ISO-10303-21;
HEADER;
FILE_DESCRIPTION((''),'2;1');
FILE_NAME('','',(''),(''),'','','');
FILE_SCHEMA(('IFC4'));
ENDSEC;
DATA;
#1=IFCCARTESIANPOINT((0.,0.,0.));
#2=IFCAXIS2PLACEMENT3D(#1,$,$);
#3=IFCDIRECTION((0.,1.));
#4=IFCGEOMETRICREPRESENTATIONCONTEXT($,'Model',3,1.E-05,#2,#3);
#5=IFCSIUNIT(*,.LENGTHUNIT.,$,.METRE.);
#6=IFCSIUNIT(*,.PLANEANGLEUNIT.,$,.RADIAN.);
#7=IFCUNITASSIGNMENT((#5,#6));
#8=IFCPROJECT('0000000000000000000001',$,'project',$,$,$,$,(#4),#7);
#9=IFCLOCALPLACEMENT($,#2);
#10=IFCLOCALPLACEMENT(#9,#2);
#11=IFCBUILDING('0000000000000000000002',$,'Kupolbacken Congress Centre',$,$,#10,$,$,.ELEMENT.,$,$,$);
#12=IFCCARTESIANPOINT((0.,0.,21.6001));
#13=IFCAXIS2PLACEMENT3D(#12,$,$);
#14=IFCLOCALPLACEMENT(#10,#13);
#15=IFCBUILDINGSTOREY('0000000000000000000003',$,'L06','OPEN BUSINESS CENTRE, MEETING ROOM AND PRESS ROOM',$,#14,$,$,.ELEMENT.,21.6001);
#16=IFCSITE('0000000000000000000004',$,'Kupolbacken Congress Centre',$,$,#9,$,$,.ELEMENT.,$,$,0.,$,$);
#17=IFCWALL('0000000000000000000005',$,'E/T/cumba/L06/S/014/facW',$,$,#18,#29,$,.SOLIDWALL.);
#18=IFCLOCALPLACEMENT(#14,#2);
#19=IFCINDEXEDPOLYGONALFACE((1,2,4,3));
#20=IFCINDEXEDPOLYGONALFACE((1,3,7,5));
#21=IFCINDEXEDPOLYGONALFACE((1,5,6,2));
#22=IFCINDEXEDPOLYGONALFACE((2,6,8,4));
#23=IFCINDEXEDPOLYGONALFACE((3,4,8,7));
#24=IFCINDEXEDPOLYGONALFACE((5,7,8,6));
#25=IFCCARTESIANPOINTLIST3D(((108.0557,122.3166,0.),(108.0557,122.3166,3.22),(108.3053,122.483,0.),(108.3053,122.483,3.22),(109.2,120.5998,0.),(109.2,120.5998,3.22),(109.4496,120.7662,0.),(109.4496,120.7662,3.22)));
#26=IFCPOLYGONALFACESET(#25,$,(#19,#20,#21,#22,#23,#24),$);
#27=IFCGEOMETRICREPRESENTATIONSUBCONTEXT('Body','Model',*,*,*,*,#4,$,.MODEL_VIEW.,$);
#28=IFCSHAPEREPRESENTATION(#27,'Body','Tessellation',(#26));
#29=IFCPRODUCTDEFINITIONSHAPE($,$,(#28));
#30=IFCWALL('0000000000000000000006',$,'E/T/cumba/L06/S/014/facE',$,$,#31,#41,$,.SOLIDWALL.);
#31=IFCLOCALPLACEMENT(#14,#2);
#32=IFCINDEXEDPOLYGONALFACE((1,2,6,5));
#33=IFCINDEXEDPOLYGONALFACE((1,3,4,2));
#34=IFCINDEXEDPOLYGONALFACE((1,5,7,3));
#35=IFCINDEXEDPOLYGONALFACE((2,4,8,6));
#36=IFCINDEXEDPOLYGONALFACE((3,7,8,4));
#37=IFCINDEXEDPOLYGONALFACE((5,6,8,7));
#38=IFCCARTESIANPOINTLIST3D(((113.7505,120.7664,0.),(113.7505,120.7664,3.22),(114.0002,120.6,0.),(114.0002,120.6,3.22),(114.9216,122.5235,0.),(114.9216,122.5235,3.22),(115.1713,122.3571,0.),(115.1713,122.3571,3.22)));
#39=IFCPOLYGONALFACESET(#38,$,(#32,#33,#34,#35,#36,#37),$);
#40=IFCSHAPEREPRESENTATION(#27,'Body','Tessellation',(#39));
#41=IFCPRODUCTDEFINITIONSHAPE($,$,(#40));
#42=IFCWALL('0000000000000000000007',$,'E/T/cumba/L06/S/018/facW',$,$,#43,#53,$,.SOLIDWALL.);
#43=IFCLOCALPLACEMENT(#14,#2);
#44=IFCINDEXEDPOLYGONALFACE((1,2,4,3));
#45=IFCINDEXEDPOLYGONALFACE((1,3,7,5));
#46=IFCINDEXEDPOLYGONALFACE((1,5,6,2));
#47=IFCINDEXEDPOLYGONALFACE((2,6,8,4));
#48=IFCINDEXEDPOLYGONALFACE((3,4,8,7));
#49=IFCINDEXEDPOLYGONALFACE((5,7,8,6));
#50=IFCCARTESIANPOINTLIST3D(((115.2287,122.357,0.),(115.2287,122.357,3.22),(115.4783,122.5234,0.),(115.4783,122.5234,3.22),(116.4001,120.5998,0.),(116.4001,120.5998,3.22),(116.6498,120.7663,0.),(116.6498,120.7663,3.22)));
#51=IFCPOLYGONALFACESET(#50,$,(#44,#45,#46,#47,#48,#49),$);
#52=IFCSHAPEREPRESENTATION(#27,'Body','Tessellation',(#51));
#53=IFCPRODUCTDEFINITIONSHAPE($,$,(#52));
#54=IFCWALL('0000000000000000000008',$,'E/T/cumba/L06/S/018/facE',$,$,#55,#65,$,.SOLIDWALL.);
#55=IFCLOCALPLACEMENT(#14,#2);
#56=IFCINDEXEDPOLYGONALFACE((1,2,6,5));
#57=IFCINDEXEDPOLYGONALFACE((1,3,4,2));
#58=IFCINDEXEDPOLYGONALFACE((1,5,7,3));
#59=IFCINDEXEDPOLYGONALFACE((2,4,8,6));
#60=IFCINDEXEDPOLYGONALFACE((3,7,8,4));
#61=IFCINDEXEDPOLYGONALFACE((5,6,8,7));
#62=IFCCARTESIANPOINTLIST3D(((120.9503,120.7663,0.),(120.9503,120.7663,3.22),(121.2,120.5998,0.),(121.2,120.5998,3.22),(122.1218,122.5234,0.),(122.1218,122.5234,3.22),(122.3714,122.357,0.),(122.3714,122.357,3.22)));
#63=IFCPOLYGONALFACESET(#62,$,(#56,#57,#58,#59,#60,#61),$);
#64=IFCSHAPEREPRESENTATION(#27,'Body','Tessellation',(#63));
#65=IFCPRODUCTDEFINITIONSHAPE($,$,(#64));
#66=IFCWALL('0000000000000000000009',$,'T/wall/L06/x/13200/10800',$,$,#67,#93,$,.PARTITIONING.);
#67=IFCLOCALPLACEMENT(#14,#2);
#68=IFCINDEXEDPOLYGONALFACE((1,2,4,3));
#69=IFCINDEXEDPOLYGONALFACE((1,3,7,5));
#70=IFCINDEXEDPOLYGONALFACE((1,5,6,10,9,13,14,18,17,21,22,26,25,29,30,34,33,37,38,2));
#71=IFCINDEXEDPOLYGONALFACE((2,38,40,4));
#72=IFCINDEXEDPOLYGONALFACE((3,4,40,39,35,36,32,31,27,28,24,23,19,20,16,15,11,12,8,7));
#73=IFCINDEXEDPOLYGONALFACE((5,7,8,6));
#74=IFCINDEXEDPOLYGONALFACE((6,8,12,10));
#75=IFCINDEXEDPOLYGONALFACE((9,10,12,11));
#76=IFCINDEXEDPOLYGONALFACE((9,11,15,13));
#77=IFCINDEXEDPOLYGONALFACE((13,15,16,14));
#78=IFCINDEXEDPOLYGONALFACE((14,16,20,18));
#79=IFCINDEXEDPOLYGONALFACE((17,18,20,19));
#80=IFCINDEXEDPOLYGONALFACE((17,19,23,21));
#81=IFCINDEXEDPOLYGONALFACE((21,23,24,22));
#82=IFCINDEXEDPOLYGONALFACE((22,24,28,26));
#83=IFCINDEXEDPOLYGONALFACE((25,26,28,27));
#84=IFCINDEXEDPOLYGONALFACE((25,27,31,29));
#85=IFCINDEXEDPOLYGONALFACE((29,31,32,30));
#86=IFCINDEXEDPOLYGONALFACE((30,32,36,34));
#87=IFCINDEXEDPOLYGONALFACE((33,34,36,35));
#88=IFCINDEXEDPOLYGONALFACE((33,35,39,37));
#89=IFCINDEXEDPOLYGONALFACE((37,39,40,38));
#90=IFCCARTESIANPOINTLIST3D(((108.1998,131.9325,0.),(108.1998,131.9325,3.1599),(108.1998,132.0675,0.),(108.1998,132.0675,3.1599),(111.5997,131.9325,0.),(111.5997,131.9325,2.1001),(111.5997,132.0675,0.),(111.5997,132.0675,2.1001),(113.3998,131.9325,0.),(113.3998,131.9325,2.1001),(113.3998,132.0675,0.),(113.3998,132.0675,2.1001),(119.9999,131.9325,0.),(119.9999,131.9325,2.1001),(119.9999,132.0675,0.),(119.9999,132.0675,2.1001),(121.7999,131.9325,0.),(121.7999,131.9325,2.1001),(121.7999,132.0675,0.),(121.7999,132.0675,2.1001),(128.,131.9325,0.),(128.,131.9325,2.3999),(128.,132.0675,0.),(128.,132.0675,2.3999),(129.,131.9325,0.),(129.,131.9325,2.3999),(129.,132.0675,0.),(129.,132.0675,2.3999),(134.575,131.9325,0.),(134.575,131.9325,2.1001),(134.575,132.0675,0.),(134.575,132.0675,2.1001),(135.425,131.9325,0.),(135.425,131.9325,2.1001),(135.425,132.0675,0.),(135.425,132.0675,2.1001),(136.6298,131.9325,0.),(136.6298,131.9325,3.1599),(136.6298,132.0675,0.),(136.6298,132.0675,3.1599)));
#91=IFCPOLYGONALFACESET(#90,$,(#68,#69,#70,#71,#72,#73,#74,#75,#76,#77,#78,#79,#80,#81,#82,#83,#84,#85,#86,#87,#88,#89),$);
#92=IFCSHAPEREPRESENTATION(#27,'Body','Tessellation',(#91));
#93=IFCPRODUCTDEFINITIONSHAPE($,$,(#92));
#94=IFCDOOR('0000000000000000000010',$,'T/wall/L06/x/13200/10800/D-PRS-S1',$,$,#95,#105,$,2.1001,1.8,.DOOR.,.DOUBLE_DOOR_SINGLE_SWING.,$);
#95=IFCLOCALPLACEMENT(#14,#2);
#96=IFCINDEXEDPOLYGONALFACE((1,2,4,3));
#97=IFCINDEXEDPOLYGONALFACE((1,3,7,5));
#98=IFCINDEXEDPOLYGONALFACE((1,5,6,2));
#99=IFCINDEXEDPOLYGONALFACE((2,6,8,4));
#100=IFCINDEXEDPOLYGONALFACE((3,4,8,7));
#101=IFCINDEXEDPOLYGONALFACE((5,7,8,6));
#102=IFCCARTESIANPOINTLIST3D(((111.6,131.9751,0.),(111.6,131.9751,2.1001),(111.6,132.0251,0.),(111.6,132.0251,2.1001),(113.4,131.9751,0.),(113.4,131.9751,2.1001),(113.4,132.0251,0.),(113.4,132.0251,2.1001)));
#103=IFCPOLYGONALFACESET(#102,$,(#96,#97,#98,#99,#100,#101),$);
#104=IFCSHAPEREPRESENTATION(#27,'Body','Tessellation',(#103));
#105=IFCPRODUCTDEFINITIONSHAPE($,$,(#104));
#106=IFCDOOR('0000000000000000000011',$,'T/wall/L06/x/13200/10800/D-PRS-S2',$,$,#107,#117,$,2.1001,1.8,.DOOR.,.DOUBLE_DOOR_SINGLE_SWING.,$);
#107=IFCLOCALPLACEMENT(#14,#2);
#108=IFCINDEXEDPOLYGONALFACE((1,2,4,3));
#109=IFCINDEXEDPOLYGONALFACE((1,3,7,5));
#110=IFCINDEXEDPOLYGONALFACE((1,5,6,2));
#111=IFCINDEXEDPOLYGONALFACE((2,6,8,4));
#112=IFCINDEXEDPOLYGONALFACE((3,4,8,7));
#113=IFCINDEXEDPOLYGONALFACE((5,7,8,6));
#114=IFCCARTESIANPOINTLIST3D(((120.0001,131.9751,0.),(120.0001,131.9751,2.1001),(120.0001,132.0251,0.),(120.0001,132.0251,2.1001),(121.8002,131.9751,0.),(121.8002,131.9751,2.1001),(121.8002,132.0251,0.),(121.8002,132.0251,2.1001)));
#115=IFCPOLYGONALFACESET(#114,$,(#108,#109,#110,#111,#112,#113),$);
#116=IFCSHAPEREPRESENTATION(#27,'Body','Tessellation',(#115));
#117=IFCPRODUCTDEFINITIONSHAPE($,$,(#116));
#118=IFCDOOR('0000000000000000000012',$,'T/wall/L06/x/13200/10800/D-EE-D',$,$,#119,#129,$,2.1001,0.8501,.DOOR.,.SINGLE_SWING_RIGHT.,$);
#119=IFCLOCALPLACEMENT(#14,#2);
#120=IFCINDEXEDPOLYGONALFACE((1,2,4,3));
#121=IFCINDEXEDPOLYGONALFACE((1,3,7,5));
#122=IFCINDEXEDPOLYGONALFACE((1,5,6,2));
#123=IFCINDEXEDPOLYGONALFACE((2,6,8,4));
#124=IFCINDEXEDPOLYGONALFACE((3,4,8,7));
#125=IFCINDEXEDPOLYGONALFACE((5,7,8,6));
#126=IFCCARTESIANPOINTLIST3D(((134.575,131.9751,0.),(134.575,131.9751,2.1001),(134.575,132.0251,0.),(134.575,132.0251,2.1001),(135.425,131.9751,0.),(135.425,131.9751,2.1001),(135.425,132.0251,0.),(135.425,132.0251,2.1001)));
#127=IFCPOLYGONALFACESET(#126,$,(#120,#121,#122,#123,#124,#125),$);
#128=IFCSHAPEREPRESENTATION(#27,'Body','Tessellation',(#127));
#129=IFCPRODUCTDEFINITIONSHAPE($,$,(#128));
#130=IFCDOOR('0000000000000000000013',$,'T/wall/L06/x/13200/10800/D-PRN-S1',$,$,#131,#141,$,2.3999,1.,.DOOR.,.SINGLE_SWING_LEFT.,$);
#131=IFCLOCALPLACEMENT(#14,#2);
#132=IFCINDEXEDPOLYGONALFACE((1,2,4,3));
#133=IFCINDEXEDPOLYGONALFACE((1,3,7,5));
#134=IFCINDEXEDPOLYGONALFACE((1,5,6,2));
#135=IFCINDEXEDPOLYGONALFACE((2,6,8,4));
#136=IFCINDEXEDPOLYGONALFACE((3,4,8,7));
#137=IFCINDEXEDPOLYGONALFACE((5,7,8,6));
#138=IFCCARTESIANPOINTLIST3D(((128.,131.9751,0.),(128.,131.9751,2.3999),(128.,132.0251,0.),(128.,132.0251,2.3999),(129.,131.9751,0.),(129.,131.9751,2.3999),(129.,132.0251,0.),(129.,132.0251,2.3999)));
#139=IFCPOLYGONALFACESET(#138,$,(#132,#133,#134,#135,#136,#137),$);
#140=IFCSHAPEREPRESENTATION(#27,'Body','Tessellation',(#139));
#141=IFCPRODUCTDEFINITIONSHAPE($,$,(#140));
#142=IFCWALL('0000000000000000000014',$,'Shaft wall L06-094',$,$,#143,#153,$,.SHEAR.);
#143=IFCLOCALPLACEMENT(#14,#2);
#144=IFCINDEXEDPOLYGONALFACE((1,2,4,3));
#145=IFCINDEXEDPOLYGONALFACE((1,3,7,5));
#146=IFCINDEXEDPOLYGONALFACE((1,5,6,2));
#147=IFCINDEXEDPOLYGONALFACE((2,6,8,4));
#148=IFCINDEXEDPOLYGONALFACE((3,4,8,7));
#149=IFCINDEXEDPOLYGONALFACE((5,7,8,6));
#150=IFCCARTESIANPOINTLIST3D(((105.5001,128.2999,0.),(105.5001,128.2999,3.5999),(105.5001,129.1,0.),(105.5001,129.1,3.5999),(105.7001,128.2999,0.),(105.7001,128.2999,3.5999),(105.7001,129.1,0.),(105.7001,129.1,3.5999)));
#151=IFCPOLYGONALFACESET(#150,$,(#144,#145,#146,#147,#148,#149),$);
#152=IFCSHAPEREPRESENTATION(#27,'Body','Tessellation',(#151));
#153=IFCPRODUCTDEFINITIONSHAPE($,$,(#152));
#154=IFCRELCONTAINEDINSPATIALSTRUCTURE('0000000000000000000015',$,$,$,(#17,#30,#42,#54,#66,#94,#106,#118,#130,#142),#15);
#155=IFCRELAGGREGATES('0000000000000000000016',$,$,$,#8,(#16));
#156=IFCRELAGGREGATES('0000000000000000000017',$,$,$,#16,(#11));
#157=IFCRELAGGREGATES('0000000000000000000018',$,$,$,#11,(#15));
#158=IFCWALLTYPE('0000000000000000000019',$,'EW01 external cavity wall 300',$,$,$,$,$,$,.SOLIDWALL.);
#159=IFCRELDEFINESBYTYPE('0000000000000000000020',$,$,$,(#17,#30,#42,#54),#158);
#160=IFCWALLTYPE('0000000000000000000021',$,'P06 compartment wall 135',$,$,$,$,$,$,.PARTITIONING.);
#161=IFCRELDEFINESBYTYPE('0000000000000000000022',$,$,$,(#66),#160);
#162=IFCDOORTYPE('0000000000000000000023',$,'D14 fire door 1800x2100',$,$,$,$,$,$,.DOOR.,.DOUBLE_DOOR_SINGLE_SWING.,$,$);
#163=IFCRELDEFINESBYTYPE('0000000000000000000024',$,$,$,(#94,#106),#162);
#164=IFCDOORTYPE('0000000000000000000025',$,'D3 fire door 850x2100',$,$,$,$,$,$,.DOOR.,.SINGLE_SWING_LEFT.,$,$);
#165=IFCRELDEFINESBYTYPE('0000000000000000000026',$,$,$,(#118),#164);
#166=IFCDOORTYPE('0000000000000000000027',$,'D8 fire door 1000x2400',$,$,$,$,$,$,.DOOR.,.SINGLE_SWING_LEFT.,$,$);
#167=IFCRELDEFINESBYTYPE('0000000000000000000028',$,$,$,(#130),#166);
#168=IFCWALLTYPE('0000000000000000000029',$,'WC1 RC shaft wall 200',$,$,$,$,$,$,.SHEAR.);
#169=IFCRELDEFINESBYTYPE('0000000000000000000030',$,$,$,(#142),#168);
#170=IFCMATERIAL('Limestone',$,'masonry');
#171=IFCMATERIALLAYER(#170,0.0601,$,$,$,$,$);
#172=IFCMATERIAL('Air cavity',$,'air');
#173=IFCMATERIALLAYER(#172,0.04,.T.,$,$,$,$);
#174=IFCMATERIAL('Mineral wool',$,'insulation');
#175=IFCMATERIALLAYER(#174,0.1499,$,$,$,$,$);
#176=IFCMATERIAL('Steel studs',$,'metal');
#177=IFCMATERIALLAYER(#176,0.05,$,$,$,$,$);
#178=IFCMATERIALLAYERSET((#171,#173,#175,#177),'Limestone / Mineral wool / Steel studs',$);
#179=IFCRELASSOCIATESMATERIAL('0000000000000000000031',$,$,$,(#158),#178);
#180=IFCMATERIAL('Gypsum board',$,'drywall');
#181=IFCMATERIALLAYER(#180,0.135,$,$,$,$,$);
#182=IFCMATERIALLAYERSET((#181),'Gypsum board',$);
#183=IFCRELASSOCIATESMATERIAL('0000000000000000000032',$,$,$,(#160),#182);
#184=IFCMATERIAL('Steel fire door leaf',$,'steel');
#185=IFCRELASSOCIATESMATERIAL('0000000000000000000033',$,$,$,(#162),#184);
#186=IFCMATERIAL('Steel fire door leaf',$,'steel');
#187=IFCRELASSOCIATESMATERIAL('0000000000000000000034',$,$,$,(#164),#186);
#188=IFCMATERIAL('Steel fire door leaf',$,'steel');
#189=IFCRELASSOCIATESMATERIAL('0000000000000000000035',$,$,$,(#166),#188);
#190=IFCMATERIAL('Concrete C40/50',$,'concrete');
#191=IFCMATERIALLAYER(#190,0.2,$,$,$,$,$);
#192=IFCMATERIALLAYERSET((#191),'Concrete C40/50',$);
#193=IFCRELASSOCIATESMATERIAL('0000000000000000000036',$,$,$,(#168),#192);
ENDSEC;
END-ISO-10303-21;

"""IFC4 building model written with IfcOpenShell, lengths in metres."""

from ifc_helpers import new_model, si_unit, direction, frame, frame_2d, origin, place, context, subcontext, project, spatial, rectangle, extrude, material, layer, layer_set, type_object, element, fill, save


model = new_model("IFC4")

# Units and contexts
model_context = context("Model", 3, precision=1e-05, world=origin(), true_north=direction((0.0, 1.0)))
body_context = subcontext(model_context, "Body", "Model", "MODEL_VIEW")
ifc_project = project(units=[si_unit("LENGTHUNIT", "METRE"), si_unit("PLANEANGLEUNIT", "RADIAN")], contexts=[model_context])

# Site, building, storey
site_placement = place(None, origin())
site = spatial("IfcSite", under=ifc_project, at=site_placement, Name="Kupolbacken Congress Centre", CompositionType="ELEMENT", RefElevation=0.0)
building_placement = place(site_placement, origin())
building = spatial("IfcBuilding", under=site, at=building_placement, Name="Kupolbacken Congress Centre", CompositionType="ELEMENT")
storey_placement = place(building_placement, frame((0.0, 0.0, 21.6001)))
storey = spatial("IfcBuildingStorey", under=building, at=storey_placement, Name="L06", Description="OPEN BUSINESS CENTRE, MEETING ROOM AND PRESS ROOM", CompositionType="ELEMENT", Elevation=21.6001)

# Walls
ifc_material_1 = material(Name="Limestone", Category="masonry")
ifc_layer_1 = layer(ifc_material_1, 0.0601)
ifc_material_2 = material(Name="Air cavity", Category="air")
ifc_layer_2 = layer(ifc_material_2, 0.04, ventilated=True)
ifc_material_3 = material(Name="Mineral wool", Category="insulation")
ifc_layer_3 = layer(ifc_material_3, 0.1499)
ifc_material_4 = material(Name="Steel studs", Category="metal")
ifc_layer_4 = layer(ifc_material_4, 0.05)
ifc_layer_set_1 = layer_set([ifc_layer_1, ifc_layer_2, ifc_layer_3, ifc_layer_4], Name="Limestone / Mineral wool / Steel studs")
wall_type_1 = type_object("IfcWallType", Name="EW01 external cavity wall 300", PredefinedType="SOLIDWALL", material=ifc_layer_set_1)
wall_1_placement = place(storey_placement, frame((108.1804, 122.3999, 0.0), z_axis=(0.0, 0.0, 1.0), x_axis=(0.554618, -0.832105, 0.0)))
element("IfcWall", 1, at=wall_1_placement, inside=storey, type_object=wall_type_1, Name="E/T/cumba/L06/S/014/facW", PredefinedType="SOLIDWALL", context=body_context, shape_type="SweptSolid", body=[
    extrude(rectangle(XDim=2.0632, YDim=0.3, at=frame_2d((1.0317, 0.0))), origin(), (0.0, 0.0, 1.0), 3.22),
])
wall_2_placement = place(storey_placement, frame((115.0464, 122.4402, 0.0), z_axis=(0.0, 0.0, 1.0), x_axis=(-0.55462, -0.832104, 0.0)))
element("IfcWall", 2, at=wall_2_placement, inside=storey, type_object=wall_type_1, Name="E/T/cumba/L06/S/014/facE", PredefinedType="SOLIDWALL", context=body_context, shape_type="SweptSolid", body=[
    extrude(rectangle(XDim=2.1116, YDim=0.3, at=frame_2d((1.0557, 0.0))), origin(), (0.0, 0.0, 1.0), 3.22),
])
for number, where, z_axis, x_axis, name in (
    (3, (115.3535, 122.4402, 0.0), (0.0, 0.0, 1.0), (0.5547, -0.83205, 0.0), "E/T/cumba/L06/S/018/facW"),
    (4, (122.2466, 122.4402, 0.0), (0.0, 0.0, 1.0), (-0.5547, -0.83205, 0.0), "E/T/cumba/L06/S/018/facE"),
):
    element("IfcWall", number, at=place(storey_placement, frame(where, z_axis=z_axis, x_axis=x_axis)), inside=storey, type_object=wall_type_1, Name=name, PredefinedType="SOLIDWALL", context=body_context, shape_type="SweptSolid", body=[
        extrude(rectangle(XDim=2.1118, YDim=0.3, at=frame_2d((1.0559, 0.0))), origin(), (0.0, 0.0, 1.0), 3.22),
    ])

# Wall, openings, doors
ifc_material_5 = material(Name="Gypsum board", Category="drywall")
ifc_layer_5 = layer(ifc_material_5, 0.135)
ifc_layer_set_2 = layer_set([ifc_layer_5], Name="Gypsum board")
wall_type_2 = type_object("IfcWallType", Name="P06 compartment wall 135", PredefinedType="PARTITIONING", material=ifc_layer_set_2)
wall_3_placement = place(storey_placement, frame((108.2, 132.0, 0.0), z_axis=(0.0, 0.0, 1.0), x_axis=(1.0, 0.0, 0.0)))
wall_3 = element("IfcWall", 5, at=wall_3_placement, inside=storey, type_object=wall_type_2, Name="T/wall/L06/x/13200/10800", PredefinedType="PARTITIONING", context=body_context, shape_type="SweptSolid", body=[
    extrude(rectangle(XDim=28.4299, YDim=0.135, at=frame_2d((14.2148, 0.0))), origin(), (0.0, 0.0, 1.0), 3.1599),
])
opening_1_placement = place(wall_3_placement, frame((26.375, 0.0, 0.0)))
opening_1 = element("IfcOpeningElement", 6, at=opening_1_placement, cuts=wall_3, PredefinedType="OPENING", context=body_context, shape_type="SweptSolid", body=[
    extrude(rectangle(XDim=0.8501, YDim=2.1001, at=frame_2d((0.425, 1.05))), frame((0.0, 0.0774, 0.0), z_axis=(0.0, -1.0, 0.0), x_axis=(1.0, 0.0, 0.0)), (0.0, 0.0, 1.0), 0.155),
])
opening_2_placement = place(wall_3_placement, frame((3.3999, 0.0, 0.0)))
opening_2 = element("IfcOpeningElement", 7, at=opening_2_placement, cuts=wall_3, PredefinedType="OPENING", context=body_context, shape_type="SweptSolid", body=[
    extrude(rectangle(XDim=1.8, YDim=2.1001, at=frame_2d((0.8999, 1.05))), frame((0.0, 0.0774, 0.0), z_axis=(0.0, -1.0, 0.0), x_axis=(1.0, 0.0, 0.0)), (0.0, 0.0, 1.0), 0.155),
])
opening_3_placement = place(wall_3_placement, frame((11.8, 0.0, 0.0)))
opening_3 = element("IfcOpeningElement", 8, at=opening_3_placement, cuts=wall_3, PredefinedType="OPENING", context=body_context, shape_type="SweptSolid", body=[
    extrude(rectangle(XDim=1.8, YDim=2.1001, at=frame_2d((0.8999, 1.05))), frame((0.0, 0.0774, 0.0), z_axis=(0.0, -1.0, 0.0), x_axis=(1.0, 0.0, 0.0)), (0.0, 0.0, 1.0), 0.155),
])
opening_4_placement = place(wall_3_placement, frame((19.8, 0.0, 0.0)))
opening_4 = element("IfcOpeningElement", 9, at=opening_4_placement, cuts=wall_3, PredefinedType="OPENING", context=body_context, shape_type="SweptSolid", body=[
    extrude(rectangle(XDim=1.0, YDim=2.3999, at=frame_2d((0.5, 1.2))), frame((0.0, 0.0774, 0.0), z_axis=(0.0, -1.0, 0.0), x_axis=(1.0, 0.0, 0.0)), (0.0, 0.0, 1.0), 0.155),
])
ifc_material_6 = material(Name="Steel fire door leaf", Category="steel")
door_type_1 = type_object("IfcDoorType", Name="D14 fire door 1800x2100", OperationType="DOUBLE_DOOR_SINGLE_SWING", PredefinedType="DOOR", material=ifc_material_6)
door_1_placement = place(opening_2_placement, frame((1.8, 0.0, 0.0), z_axis=(0.0, 0.0, 1.0), x_axis=(-1.0, 0.0, 0.0)))
door_1 = element("IfcDoor", 10, at=door_1_placement, inside=storey, type_object=door_type_1, Name="T/wall/L06/x/13200/10800/D-PRS-S1", OperationType="DOUBLE_DOOR_SINGLE_SWING", OverallHeight=2.1001, OverallWidth=1.8, PredefinedType="DOOR", context=body_context, shape_type="SweptSolid", body=[
    extrude(rectangle(XDim=1.8, YDim=2.1001, at=frame_2d((0.8999, 1.05))), frame((0.0, 0.0249, 0.0), z_axis=(0.0, -1.0, 0.0), x_axis=(1.0, 0.0, 0.0)), (0.0, 0.0, 1.0), 0.05),
])
fill(opening_2, door_1)
door_2_placement = place(opening_3_placement, frame((1.8, 0.0, 0.0), z_axis=(0.0, 0.0, 1.0), x_axis=(-1.0, 0.0, 0.0)))
door_2 = element("IfcDoor", 11, at=door_2_placement, inside=storey, type_object=door_type_1, Name="T/wall/L06/x/13200/10800/D-PRS-S2", OperationType="DOUBLE_DOOR_SINGLE_SWING", OverallHeight=2.1001, OverallWidth=1.8, PredefinedType="DOOR", context=body_context, shape_type="SweptSolid", body=[
    extrude(rectangle(XDim=1.8, YDim=2.1001, at=frame_2d((0.8999, 1.05))), frame((0.0, 0.0249, 0.0), z_axis=(0.0, -1.0, 0.0), x_axis=(1.0, 0.0, 0.0)), (0.0, 0.0, 1.0), 0.05),
])
fill(opening_3, door_2)
ifc_material_7 = material(Name="Steel fire door leaf", Category="steel")
door_type_2 = type_object("IfcDoorType", Name="D3 fire door 850x2100", OperationType="SINGLE_SWING_LEFT", PredefinedType="DOOR", material=ifc_material_7)
door_3_placement = place(opening_1_placement, frame((0.8501, 0.0, 0.0), z_axis=(0.0, 0.0, 1.0), x_axis=(-1.0, 0.0, 0.0)))
door_3 = element("IfcDoor", 12, at=door_3_placement, inside=storey, type_object=door_type_2, Name="T/wall/L06/x/13200/10800/D-EE-D", OperationType="SINGLE_SWING_RIGHT", OverallHeight=2.1001, OverallWidth=0.8501, PredefinedType="DOOR", context=body_context, shape_type="SweptSolid", body=[
    extrude(rectangle(XDim=0.8501, YDim=2.1001, at=frame_2d((0.425, 1.05))), frame((0.0, 0.0249, 0.0), z_axis=(0.0, -1.0, 0.0), x_axis=(1.0, 0.0, 0.0)), (0.0, 0.0, 1.0), 0.05),
])
fill(opening_1, door_3)
ifc_material_8 = material(Name="Steel fire door leaf", Category="steel")
door_type_3 = type_object("IfcDoorType", Name="D8 fire door 1000x2400", OperationType="SINGLE_SWING_LEFT", PredefinedType="DOOR", material=ifc_material_8)
door_4_placement = place(opening_4_placement, frame((1.0, 0.0, 0.0), z_axis=(0.0, 0.0, 1.0), x_axis=(-1.0, 0.0, 0.0)))
door_4 = element("IfcDoor", 13, at=door_4_placement, inside=storey, type_object=door_type_3, Name="T/wall/L06/x/13200/10800/D-PRN-S1", OperationType="SINGLE_SWING_LEFT", OverallHeight=2.3999, OverallWidth=1.0, PredefinedType="DOOR", context=body_context, shape_type="SweptSolid", body=[
    extrude(rectangle(XDim=1.0, YDim=2.3999, at=frame_2d((0.5, 1.2))), frame((0.0, 0.0249, 0.0), z_axis=(0.0, -1.0, 0.0), x_axis=(1.0, 0.0, 0.0)), (0.0, 0.0, 1.0), 0.05),
])
fill(opening_4, door_4)

# Wall
ifc_material_9 = material(Name="Concrete C40/50", Category="concrete")
ifc_layer_6 = layer(ifc_material_9, 0.2)
ifc_layer_set_3 = layer_set([ifc_layer_6], Name="Concrete C40/50")
wall_type_3 = type_object("IfcWallType", Name="WC1 RC shaft wall 200", PredefinedType="SHEAR", material=ifc_layer_set_3)
wall_4_placement = place(storey_placement, frame((105.6001, 128.3, 0.0), z_axis=(0.0, 0.0, 1.0), x_axis=(0.0, 1.0, 0.0)))
element("IfcWall", 14, at=wall_4_placement, inside=storey, type_object=wall_type_3, Name="Shaft wall L06-094", PredefinedType="SHEAR", context=body_context, shape_type="SweptSolid", body=[
    extrude(rectangle(XDim=0.8, YDim=0.2, at=frame_2d((0.3999, 0.0))), origin(), (0.0, 0.0, 1.0), 3.5999),
])

save(model, "model.ifc")
